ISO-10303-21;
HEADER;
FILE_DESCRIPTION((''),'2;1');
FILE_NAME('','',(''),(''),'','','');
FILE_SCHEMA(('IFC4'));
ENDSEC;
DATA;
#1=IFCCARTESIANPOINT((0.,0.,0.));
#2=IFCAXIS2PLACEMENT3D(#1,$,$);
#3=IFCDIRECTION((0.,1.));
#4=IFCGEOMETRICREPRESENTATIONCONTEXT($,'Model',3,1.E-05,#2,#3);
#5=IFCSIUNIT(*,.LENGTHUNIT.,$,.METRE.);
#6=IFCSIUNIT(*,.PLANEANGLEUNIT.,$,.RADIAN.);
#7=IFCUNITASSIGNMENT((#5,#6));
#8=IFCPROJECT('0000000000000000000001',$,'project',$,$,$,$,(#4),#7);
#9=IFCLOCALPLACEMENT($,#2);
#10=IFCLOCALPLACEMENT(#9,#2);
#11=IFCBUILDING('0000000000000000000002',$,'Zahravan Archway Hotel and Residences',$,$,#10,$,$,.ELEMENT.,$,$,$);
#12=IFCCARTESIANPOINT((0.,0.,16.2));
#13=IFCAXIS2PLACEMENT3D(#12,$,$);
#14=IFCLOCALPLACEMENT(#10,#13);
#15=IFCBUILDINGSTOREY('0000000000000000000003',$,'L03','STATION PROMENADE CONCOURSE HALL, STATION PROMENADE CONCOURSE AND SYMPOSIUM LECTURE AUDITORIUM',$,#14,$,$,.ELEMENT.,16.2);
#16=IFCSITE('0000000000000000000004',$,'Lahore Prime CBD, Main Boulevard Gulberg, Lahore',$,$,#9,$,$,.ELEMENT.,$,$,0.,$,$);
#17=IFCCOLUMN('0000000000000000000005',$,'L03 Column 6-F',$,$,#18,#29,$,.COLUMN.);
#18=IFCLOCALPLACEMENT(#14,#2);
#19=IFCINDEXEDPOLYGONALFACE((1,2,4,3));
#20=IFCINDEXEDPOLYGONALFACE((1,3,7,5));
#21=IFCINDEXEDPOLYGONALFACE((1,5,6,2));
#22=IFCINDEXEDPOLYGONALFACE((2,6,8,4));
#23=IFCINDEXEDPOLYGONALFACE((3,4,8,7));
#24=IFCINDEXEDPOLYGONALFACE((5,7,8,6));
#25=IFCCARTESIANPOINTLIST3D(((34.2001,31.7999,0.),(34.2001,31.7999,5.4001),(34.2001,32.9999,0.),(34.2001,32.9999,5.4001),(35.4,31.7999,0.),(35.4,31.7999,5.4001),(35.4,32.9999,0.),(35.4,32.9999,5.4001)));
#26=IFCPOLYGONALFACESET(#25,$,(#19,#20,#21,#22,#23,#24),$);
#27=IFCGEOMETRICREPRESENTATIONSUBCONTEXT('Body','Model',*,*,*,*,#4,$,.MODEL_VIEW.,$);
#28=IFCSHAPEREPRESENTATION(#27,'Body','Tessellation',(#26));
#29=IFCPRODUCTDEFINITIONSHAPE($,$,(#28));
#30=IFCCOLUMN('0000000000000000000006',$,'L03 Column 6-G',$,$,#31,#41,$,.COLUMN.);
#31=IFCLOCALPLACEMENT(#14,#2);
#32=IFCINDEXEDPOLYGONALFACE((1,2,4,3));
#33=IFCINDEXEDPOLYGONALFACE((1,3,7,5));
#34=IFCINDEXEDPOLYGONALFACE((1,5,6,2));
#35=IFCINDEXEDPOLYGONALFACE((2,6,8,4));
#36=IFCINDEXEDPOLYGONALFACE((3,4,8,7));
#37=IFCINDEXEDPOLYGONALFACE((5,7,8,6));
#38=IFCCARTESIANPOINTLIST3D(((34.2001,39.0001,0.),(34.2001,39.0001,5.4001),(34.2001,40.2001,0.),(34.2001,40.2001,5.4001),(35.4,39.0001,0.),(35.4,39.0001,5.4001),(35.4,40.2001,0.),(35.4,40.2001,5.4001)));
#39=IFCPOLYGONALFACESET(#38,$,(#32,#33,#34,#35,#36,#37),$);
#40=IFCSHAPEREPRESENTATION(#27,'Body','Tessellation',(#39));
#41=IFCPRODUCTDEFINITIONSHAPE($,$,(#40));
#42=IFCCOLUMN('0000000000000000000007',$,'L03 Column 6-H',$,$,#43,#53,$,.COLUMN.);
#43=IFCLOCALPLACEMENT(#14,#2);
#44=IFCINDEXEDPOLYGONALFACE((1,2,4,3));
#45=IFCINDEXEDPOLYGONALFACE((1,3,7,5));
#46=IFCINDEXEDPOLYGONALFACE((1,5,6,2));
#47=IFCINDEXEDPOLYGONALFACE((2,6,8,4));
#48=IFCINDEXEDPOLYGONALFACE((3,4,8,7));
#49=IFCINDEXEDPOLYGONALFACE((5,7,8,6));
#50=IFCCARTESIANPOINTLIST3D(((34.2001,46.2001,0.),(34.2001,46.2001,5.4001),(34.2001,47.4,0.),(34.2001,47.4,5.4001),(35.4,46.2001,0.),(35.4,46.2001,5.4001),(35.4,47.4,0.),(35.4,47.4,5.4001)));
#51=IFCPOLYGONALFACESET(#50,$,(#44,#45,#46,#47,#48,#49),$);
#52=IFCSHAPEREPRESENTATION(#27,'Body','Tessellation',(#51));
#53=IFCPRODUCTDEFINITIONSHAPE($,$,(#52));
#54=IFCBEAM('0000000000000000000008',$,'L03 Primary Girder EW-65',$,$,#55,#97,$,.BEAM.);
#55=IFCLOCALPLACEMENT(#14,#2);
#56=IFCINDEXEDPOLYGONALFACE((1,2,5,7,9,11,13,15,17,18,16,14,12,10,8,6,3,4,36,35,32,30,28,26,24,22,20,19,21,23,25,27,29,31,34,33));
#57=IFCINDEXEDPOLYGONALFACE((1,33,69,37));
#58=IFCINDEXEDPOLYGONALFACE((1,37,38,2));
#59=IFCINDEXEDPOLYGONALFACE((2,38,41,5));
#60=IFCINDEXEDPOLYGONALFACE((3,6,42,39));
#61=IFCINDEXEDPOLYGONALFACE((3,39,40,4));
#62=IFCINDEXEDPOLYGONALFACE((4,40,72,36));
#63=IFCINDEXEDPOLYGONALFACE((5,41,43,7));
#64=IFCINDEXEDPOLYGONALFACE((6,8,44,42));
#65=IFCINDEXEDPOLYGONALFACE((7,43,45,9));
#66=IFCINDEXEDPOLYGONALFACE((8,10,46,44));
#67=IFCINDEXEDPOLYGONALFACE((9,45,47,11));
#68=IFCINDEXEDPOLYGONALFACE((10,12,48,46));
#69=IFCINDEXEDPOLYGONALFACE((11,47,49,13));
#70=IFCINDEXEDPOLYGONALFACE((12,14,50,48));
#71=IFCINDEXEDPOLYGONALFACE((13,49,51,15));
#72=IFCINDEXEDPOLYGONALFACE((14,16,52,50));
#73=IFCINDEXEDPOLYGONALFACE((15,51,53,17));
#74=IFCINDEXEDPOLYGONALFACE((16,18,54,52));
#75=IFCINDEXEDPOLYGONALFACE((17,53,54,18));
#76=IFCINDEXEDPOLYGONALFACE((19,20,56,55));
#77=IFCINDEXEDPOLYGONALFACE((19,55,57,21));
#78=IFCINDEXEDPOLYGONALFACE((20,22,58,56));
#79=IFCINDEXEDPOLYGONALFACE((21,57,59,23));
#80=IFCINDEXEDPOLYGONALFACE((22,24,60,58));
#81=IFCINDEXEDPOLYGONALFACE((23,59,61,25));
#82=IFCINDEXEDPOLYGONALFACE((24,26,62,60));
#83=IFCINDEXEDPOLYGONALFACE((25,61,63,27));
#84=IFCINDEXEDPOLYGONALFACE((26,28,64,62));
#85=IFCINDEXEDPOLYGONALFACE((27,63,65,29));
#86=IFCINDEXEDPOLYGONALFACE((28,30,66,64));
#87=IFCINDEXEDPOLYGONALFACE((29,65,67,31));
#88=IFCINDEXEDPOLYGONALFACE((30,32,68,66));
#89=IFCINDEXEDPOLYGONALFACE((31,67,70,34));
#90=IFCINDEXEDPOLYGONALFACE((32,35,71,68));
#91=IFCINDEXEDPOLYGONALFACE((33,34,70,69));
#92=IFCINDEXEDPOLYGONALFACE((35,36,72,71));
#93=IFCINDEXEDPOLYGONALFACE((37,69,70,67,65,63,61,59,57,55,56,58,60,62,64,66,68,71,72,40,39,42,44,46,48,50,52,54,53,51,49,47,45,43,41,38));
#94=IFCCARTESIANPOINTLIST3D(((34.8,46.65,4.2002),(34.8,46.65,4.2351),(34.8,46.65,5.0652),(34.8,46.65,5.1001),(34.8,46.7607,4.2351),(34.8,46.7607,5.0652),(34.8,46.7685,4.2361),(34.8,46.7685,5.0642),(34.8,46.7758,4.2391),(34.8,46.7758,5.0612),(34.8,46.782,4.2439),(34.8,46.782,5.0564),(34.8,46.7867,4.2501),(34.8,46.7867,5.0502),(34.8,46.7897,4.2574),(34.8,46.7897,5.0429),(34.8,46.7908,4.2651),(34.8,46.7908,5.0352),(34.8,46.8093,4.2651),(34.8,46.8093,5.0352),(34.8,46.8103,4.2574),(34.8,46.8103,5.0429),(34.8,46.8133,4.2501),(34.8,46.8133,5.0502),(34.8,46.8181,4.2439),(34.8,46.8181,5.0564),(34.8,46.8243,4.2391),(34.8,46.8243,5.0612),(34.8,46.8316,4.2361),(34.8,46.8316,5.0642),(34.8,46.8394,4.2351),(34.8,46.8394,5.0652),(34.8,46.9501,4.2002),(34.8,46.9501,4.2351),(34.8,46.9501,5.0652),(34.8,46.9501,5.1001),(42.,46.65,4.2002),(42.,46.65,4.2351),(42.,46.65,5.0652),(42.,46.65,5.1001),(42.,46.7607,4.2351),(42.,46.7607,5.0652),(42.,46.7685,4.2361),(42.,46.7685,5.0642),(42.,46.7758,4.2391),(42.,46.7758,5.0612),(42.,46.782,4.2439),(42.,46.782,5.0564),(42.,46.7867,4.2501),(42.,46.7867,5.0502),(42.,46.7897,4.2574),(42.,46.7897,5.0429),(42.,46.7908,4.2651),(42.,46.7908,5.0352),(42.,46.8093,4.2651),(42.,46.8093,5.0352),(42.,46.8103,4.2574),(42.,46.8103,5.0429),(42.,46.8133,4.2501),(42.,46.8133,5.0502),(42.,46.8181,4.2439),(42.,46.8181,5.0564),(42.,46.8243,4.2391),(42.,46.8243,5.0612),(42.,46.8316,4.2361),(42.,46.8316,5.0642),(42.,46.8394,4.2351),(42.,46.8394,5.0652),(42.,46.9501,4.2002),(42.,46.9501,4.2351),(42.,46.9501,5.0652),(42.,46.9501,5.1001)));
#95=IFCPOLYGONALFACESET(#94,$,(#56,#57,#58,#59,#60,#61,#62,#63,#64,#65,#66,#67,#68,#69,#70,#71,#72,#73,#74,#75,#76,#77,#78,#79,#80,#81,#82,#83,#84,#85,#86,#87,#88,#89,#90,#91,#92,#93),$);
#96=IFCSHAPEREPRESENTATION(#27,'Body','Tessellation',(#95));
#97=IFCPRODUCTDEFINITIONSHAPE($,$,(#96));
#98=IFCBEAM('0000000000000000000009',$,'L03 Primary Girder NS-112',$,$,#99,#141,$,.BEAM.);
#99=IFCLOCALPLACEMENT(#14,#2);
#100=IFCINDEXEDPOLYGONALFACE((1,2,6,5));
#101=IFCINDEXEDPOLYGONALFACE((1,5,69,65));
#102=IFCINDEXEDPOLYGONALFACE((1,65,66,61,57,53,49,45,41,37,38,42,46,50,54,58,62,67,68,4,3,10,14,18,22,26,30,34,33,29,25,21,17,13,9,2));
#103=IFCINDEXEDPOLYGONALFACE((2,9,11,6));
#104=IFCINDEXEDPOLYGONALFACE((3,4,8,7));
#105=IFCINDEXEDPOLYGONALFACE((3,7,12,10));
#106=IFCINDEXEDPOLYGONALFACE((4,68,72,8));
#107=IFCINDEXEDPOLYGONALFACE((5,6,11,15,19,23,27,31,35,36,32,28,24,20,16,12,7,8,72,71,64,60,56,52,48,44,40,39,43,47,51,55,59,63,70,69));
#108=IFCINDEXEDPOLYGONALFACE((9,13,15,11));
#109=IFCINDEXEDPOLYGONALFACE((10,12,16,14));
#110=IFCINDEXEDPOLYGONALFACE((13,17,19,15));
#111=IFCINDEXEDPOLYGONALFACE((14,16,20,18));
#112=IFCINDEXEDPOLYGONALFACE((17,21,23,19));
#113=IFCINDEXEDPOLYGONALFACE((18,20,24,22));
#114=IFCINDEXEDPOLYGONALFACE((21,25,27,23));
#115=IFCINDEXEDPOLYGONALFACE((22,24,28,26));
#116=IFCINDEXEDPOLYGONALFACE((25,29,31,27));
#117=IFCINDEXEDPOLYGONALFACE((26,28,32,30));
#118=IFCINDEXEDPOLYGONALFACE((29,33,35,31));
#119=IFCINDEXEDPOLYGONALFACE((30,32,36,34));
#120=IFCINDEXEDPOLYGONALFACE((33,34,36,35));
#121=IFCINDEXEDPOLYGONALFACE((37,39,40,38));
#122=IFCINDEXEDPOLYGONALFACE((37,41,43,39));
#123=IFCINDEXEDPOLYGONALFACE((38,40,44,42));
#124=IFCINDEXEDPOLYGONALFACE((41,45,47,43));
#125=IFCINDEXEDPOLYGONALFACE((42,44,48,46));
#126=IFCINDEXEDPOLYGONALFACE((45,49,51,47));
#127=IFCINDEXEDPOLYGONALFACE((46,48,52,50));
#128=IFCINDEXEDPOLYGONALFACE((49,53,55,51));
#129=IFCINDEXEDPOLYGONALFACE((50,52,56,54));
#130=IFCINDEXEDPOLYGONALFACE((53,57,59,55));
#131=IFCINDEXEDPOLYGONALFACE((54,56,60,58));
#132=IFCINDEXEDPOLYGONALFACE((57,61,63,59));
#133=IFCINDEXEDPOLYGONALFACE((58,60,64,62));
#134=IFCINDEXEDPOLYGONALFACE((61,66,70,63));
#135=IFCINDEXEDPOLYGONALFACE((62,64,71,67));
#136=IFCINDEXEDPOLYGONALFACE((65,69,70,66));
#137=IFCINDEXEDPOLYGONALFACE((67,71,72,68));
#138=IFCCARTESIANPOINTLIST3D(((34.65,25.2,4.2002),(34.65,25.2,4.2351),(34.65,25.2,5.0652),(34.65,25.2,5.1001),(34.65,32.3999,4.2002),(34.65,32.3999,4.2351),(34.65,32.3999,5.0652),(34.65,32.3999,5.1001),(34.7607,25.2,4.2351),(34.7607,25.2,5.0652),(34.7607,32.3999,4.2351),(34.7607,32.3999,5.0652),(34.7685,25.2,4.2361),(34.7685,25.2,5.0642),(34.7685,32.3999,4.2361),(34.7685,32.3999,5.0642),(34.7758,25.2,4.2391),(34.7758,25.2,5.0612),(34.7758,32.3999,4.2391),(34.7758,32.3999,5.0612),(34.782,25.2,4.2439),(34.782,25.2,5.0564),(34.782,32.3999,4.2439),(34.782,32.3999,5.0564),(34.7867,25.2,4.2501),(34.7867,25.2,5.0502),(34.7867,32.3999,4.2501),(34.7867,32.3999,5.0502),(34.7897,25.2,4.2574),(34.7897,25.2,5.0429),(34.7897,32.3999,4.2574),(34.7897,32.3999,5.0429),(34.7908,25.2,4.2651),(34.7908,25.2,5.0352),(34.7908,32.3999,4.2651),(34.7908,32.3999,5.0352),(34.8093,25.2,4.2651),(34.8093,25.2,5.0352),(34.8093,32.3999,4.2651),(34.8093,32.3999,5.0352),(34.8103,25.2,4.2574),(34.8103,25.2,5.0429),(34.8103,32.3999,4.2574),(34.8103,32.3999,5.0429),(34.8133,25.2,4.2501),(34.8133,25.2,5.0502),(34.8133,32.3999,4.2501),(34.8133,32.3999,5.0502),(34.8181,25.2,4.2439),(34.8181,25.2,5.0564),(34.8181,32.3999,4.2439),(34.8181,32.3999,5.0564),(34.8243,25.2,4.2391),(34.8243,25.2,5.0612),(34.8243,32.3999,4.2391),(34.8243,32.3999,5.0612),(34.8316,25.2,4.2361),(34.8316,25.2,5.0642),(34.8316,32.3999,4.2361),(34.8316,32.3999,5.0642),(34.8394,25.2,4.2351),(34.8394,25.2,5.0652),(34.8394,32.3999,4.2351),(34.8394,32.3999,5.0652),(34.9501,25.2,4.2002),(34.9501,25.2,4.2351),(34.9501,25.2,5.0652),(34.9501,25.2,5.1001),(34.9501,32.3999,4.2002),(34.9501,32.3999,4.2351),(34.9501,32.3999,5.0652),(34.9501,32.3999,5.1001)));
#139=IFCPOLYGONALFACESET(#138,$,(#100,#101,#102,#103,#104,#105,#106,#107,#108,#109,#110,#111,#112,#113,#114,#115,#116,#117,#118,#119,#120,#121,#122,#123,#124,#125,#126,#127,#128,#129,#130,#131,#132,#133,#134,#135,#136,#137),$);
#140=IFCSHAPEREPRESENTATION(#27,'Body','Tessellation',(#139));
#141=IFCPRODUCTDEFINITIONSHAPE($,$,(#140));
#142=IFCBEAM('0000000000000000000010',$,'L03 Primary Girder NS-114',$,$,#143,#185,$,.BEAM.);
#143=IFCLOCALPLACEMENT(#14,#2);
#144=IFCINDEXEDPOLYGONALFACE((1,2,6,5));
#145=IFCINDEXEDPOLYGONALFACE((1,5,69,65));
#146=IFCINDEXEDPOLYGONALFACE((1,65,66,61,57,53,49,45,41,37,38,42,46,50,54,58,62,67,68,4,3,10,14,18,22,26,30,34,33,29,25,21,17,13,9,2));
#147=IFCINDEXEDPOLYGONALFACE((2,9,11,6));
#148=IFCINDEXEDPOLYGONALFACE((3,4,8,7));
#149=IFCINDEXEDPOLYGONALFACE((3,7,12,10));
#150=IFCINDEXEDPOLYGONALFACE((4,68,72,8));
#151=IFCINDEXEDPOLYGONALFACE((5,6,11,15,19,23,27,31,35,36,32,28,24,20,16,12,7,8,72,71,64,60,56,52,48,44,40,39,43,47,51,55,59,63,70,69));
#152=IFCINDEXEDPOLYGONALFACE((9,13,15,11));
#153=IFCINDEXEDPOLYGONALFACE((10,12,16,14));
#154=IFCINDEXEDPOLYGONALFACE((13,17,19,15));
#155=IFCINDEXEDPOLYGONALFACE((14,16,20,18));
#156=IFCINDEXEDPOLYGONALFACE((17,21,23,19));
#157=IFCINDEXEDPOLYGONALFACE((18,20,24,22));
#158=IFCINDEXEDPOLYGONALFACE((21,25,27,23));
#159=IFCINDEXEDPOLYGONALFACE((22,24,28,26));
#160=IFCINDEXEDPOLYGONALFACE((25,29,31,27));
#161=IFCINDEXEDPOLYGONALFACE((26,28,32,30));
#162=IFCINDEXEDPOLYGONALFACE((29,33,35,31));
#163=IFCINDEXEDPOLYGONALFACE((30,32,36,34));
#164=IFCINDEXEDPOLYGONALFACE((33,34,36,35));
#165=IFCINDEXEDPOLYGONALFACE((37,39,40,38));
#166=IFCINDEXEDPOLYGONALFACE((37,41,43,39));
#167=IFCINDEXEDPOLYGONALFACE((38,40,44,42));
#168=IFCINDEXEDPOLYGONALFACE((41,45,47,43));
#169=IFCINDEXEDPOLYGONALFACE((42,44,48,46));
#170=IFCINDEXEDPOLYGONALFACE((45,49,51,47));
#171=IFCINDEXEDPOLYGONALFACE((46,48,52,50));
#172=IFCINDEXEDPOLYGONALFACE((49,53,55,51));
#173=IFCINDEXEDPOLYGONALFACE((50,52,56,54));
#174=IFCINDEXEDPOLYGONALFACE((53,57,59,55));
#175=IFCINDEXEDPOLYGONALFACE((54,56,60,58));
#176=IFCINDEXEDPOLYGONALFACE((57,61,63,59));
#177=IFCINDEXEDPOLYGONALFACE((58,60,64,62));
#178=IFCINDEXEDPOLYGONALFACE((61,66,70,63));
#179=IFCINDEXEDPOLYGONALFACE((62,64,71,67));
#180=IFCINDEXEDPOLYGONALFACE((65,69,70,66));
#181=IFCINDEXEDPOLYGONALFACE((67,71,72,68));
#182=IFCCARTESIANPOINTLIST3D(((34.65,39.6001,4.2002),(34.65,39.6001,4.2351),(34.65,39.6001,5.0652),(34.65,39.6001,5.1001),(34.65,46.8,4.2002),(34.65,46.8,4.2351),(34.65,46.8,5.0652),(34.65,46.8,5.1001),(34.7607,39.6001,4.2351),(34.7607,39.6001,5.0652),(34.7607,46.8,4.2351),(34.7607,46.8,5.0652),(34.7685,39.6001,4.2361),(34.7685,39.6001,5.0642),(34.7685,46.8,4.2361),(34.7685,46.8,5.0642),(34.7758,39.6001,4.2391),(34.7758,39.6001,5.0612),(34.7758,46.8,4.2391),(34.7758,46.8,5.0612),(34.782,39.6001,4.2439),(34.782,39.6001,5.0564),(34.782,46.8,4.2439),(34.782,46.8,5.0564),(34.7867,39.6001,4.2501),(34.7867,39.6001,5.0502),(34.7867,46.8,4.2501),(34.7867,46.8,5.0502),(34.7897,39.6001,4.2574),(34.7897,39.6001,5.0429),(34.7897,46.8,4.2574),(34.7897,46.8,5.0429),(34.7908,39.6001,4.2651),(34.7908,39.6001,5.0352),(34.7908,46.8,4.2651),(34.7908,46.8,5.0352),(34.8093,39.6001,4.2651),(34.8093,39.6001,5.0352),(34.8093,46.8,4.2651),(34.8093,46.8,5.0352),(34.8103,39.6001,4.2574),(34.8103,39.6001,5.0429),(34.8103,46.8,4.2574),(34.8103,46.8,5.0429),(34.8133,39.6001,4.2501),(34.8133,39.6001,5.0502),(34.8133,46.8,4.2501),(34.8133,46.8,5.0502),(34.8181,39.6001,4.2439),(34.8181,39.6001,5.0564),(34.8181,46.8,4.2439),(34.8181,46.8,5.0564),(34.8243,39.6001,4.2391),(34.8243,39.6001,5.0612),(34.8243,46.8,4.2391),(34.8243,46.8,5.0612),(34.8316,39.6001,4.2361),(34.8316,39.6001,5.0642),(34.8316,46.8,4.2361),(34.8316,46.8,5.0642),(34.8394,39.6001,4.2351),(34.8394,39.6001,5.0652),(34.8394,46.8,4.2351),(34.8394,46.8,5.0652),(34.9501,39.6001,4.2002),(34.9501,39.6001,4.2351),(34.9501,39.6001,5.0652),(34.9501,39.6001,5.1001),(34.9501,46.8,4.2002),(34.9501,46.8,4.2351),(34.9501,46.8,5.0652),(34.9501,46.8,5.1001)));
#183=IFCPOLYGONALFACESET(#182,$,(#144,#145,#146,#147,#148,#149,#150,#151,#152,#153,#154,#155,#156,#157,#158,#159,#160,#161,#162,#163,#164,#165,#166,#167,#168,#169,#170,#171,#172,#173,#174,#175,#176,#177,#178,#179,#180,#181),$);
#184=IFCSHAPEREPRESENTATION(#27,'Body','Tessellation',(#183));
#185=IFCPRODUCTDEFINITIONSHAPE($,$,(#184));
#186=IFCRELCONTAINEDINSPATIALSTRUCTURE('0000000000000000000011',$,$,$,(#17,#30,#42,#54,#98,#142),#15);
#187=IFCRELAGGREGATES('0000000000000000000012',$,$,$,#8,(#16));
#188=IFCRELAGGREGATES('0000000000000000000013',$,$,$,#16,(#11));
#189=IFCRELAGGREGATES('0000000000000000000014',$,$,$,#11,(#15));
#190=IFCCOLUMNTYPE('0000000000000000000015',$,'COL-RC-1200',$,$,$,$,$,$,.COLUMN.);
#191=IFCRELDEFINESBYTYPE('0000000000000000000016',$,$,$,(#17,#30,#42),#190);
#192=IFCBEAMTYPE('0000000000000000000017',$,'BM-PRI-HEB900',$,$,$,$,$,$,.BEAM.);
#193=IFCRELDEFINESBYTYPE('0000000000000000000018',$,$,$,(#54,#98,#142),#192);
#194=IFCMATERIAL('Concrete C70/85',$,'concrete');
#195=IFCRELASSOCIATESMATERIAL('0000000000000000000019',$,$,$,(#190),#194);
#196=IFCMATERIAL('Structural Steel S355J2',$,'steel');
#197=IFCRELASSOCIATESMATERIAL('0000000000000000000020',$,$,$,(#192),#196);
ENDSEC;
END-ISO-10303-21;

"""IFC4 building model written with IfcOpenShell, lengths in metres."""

from ifc_helpers import new_model, si_unit, direction, frame, origin, origin_2d, place, context, subcontext, project, spatial, rectangle, i_section, extrude, source, transform, mapped, material, material_profile, profile_set, type_object, element, save


model = new_model("IFC4")

# Units and contexts
model_context = context("Model", 3, precision=1e-05, world=origin(), true_north=direction((0.0, 1.0)))
body_context = subcontext(model_context, "Body", "Model", "MODEL_VIEW")
ifc_project = project(units=[si_unit("LENGTHUNIT", "METRE"), si_unit("PLANEANGLEUNIT", "RADIAN")], contexts=[model_context])

# Site, building, storey
site_placement = place(None, origin())
site = spatial("IfcSite", under=ifc_project, at=site_placement, Name="Lahore Prime CBD, Main Boulevard Gulberg, Lahore", CompositionType="ELEMENT", RefElevation=0.0)
building_placement = place(site_placement, origin())
building = spatial("IfcBuilding", under=site, at=building_placement, Name="Zahravan Archway Hotel and Residences", CompositionType="ELEMENT")
storey_placement = place(building_placement, frame((0.0, 0.0, 16.2)))
storey = spatial("IfcBuildingStorey", under=building, at=storey_placement, Name="L03", Description="STATION PROMENADE CONCOURSE HALL, STATION PROMENADE CONCOURSE AND SYMPOSIUM LECTURE AUDITORIUM", CompositionType="ELEMENT", Elevation=16.2)

# Columns
ifc_material_1 = material(Name="Concrete C70/85", Category="concrete")
ifc_material_profile_1 = material_profile(ifc_material_1, rectangle(XDim=1.2, YDim=1.2, at=origin_2d()), Name="RC-COL-1200x1200", Category="concrete")
ifc_profile_set_1 = profile_set([ifc_material_profile_1], Name="Concrete C70/85")
column_type = type_object("IfcColumnType", Name="COL-RC-1200", PredefinedType="COLUMN", material=ifc_profile_set_1)
shared_shape_1 = source(origin(), body_context, "Body", "SweptSolid", [
    extrude(rectangle(XDim=1.2, YDim=1.2, at=origin_2d()), origin(), (0.0, 0.0, 1.0), 5.4001),
])
for number, where, z_axis, x_axis, name in (
    (1, (34.8, 32.3999, 0.0), (0.0, 0.0, 1.0), (1.0, 0.0, 0.0), "L03 Column 6-F"),
    (2, (34.8, 39.6001, 0.0), (0.0, 0.0, 1.0), (1.0, 0.0, 0.0), "L03 Column 6-G"),
    (3, (34.8, 46.8, 0.0), (0.0, 0.0, 1.0), (1.0, 0.0, 0.0), "L03 Column 6-H"),
):
    element("IfcColumn", number, at=place(storey_placement, frame(where, z_axis=z_axis, x_axis=x_axis)), inside=storey, type_object=column_type, Name=name, PredefinedType="COLUMN", context=body_context, shape_type="MappedRepresentation", body=[
        mapped(shared_shape_1, transform((0.0, 0.0, 0.0), scale=1.0)),
    ])

# Beams
ifc_material_2 = material(Name="Structural Steel S355J2", Category="steel")
ifc_material_profile_2 = material_profile(ifc_material_2, i_section(OverallWidth=0.3, OverallDepth=0.8999, WebThickness=0.0186, FlangeThickness=0.0349, FilletRadius=0.03, at=origin_2d()), Name="HEB 900", Category="steel")
ifc_profile_set_2 = profile_set([ifc_material_profile_2], Name="Structural Steel S355J2")
beam_type_1 = type_object("IfcBeamType", Name="BM-PRI-HEB900", PredefinedType="BEAM", material=ifc_profile_set_2)
shared_shape_2 = source(origin(), body_context, "Body", "SweptSolid", [
    extrude(i_section(OverallWidth=0.3, OverallDepth=0.8999, WebThickness=0.0186, FlangeThickness=0.0349, FilletRadius=0.03, at=origin_2d()), origin(), (0.0, 0.0, 1.0), 7.2),
])
for number, where, z_axis, x_axis, name in (
    (4, (34.8, 46.8, 4.6501), (1.0, 0.0, 0.0), (0.0, 1.0, 0.0), "L03 Primary Girder EW-65"),
    (5, (34.8, 25.2, 4.6501), (0.0, 1.0, 0.0), (-1.0, 0.0, 0.0), "L03 Primary Girder NS-112"),
    (6, (34.8, 39.6001, 4.6501), (0.0, 1.0, 0.0), (-1.0, 0.0, 0.0), "L03 Primary Girder NS-114"),
):
    element("IfcBeam", number, at=place(storey_placement, frame(where, z_axis=z_axis, x_axis=x_axis)), inside=storey, type_object=beam_type_1, Name=name, PredefinedType="BEAM", context=body_context, shape_type="MappedRepresentation", body=[
        mapped(shared_shape_2, transform((0.0, 0.0, 0.0), scale=1.0)),
    ])

save(model, "model.ifc")
